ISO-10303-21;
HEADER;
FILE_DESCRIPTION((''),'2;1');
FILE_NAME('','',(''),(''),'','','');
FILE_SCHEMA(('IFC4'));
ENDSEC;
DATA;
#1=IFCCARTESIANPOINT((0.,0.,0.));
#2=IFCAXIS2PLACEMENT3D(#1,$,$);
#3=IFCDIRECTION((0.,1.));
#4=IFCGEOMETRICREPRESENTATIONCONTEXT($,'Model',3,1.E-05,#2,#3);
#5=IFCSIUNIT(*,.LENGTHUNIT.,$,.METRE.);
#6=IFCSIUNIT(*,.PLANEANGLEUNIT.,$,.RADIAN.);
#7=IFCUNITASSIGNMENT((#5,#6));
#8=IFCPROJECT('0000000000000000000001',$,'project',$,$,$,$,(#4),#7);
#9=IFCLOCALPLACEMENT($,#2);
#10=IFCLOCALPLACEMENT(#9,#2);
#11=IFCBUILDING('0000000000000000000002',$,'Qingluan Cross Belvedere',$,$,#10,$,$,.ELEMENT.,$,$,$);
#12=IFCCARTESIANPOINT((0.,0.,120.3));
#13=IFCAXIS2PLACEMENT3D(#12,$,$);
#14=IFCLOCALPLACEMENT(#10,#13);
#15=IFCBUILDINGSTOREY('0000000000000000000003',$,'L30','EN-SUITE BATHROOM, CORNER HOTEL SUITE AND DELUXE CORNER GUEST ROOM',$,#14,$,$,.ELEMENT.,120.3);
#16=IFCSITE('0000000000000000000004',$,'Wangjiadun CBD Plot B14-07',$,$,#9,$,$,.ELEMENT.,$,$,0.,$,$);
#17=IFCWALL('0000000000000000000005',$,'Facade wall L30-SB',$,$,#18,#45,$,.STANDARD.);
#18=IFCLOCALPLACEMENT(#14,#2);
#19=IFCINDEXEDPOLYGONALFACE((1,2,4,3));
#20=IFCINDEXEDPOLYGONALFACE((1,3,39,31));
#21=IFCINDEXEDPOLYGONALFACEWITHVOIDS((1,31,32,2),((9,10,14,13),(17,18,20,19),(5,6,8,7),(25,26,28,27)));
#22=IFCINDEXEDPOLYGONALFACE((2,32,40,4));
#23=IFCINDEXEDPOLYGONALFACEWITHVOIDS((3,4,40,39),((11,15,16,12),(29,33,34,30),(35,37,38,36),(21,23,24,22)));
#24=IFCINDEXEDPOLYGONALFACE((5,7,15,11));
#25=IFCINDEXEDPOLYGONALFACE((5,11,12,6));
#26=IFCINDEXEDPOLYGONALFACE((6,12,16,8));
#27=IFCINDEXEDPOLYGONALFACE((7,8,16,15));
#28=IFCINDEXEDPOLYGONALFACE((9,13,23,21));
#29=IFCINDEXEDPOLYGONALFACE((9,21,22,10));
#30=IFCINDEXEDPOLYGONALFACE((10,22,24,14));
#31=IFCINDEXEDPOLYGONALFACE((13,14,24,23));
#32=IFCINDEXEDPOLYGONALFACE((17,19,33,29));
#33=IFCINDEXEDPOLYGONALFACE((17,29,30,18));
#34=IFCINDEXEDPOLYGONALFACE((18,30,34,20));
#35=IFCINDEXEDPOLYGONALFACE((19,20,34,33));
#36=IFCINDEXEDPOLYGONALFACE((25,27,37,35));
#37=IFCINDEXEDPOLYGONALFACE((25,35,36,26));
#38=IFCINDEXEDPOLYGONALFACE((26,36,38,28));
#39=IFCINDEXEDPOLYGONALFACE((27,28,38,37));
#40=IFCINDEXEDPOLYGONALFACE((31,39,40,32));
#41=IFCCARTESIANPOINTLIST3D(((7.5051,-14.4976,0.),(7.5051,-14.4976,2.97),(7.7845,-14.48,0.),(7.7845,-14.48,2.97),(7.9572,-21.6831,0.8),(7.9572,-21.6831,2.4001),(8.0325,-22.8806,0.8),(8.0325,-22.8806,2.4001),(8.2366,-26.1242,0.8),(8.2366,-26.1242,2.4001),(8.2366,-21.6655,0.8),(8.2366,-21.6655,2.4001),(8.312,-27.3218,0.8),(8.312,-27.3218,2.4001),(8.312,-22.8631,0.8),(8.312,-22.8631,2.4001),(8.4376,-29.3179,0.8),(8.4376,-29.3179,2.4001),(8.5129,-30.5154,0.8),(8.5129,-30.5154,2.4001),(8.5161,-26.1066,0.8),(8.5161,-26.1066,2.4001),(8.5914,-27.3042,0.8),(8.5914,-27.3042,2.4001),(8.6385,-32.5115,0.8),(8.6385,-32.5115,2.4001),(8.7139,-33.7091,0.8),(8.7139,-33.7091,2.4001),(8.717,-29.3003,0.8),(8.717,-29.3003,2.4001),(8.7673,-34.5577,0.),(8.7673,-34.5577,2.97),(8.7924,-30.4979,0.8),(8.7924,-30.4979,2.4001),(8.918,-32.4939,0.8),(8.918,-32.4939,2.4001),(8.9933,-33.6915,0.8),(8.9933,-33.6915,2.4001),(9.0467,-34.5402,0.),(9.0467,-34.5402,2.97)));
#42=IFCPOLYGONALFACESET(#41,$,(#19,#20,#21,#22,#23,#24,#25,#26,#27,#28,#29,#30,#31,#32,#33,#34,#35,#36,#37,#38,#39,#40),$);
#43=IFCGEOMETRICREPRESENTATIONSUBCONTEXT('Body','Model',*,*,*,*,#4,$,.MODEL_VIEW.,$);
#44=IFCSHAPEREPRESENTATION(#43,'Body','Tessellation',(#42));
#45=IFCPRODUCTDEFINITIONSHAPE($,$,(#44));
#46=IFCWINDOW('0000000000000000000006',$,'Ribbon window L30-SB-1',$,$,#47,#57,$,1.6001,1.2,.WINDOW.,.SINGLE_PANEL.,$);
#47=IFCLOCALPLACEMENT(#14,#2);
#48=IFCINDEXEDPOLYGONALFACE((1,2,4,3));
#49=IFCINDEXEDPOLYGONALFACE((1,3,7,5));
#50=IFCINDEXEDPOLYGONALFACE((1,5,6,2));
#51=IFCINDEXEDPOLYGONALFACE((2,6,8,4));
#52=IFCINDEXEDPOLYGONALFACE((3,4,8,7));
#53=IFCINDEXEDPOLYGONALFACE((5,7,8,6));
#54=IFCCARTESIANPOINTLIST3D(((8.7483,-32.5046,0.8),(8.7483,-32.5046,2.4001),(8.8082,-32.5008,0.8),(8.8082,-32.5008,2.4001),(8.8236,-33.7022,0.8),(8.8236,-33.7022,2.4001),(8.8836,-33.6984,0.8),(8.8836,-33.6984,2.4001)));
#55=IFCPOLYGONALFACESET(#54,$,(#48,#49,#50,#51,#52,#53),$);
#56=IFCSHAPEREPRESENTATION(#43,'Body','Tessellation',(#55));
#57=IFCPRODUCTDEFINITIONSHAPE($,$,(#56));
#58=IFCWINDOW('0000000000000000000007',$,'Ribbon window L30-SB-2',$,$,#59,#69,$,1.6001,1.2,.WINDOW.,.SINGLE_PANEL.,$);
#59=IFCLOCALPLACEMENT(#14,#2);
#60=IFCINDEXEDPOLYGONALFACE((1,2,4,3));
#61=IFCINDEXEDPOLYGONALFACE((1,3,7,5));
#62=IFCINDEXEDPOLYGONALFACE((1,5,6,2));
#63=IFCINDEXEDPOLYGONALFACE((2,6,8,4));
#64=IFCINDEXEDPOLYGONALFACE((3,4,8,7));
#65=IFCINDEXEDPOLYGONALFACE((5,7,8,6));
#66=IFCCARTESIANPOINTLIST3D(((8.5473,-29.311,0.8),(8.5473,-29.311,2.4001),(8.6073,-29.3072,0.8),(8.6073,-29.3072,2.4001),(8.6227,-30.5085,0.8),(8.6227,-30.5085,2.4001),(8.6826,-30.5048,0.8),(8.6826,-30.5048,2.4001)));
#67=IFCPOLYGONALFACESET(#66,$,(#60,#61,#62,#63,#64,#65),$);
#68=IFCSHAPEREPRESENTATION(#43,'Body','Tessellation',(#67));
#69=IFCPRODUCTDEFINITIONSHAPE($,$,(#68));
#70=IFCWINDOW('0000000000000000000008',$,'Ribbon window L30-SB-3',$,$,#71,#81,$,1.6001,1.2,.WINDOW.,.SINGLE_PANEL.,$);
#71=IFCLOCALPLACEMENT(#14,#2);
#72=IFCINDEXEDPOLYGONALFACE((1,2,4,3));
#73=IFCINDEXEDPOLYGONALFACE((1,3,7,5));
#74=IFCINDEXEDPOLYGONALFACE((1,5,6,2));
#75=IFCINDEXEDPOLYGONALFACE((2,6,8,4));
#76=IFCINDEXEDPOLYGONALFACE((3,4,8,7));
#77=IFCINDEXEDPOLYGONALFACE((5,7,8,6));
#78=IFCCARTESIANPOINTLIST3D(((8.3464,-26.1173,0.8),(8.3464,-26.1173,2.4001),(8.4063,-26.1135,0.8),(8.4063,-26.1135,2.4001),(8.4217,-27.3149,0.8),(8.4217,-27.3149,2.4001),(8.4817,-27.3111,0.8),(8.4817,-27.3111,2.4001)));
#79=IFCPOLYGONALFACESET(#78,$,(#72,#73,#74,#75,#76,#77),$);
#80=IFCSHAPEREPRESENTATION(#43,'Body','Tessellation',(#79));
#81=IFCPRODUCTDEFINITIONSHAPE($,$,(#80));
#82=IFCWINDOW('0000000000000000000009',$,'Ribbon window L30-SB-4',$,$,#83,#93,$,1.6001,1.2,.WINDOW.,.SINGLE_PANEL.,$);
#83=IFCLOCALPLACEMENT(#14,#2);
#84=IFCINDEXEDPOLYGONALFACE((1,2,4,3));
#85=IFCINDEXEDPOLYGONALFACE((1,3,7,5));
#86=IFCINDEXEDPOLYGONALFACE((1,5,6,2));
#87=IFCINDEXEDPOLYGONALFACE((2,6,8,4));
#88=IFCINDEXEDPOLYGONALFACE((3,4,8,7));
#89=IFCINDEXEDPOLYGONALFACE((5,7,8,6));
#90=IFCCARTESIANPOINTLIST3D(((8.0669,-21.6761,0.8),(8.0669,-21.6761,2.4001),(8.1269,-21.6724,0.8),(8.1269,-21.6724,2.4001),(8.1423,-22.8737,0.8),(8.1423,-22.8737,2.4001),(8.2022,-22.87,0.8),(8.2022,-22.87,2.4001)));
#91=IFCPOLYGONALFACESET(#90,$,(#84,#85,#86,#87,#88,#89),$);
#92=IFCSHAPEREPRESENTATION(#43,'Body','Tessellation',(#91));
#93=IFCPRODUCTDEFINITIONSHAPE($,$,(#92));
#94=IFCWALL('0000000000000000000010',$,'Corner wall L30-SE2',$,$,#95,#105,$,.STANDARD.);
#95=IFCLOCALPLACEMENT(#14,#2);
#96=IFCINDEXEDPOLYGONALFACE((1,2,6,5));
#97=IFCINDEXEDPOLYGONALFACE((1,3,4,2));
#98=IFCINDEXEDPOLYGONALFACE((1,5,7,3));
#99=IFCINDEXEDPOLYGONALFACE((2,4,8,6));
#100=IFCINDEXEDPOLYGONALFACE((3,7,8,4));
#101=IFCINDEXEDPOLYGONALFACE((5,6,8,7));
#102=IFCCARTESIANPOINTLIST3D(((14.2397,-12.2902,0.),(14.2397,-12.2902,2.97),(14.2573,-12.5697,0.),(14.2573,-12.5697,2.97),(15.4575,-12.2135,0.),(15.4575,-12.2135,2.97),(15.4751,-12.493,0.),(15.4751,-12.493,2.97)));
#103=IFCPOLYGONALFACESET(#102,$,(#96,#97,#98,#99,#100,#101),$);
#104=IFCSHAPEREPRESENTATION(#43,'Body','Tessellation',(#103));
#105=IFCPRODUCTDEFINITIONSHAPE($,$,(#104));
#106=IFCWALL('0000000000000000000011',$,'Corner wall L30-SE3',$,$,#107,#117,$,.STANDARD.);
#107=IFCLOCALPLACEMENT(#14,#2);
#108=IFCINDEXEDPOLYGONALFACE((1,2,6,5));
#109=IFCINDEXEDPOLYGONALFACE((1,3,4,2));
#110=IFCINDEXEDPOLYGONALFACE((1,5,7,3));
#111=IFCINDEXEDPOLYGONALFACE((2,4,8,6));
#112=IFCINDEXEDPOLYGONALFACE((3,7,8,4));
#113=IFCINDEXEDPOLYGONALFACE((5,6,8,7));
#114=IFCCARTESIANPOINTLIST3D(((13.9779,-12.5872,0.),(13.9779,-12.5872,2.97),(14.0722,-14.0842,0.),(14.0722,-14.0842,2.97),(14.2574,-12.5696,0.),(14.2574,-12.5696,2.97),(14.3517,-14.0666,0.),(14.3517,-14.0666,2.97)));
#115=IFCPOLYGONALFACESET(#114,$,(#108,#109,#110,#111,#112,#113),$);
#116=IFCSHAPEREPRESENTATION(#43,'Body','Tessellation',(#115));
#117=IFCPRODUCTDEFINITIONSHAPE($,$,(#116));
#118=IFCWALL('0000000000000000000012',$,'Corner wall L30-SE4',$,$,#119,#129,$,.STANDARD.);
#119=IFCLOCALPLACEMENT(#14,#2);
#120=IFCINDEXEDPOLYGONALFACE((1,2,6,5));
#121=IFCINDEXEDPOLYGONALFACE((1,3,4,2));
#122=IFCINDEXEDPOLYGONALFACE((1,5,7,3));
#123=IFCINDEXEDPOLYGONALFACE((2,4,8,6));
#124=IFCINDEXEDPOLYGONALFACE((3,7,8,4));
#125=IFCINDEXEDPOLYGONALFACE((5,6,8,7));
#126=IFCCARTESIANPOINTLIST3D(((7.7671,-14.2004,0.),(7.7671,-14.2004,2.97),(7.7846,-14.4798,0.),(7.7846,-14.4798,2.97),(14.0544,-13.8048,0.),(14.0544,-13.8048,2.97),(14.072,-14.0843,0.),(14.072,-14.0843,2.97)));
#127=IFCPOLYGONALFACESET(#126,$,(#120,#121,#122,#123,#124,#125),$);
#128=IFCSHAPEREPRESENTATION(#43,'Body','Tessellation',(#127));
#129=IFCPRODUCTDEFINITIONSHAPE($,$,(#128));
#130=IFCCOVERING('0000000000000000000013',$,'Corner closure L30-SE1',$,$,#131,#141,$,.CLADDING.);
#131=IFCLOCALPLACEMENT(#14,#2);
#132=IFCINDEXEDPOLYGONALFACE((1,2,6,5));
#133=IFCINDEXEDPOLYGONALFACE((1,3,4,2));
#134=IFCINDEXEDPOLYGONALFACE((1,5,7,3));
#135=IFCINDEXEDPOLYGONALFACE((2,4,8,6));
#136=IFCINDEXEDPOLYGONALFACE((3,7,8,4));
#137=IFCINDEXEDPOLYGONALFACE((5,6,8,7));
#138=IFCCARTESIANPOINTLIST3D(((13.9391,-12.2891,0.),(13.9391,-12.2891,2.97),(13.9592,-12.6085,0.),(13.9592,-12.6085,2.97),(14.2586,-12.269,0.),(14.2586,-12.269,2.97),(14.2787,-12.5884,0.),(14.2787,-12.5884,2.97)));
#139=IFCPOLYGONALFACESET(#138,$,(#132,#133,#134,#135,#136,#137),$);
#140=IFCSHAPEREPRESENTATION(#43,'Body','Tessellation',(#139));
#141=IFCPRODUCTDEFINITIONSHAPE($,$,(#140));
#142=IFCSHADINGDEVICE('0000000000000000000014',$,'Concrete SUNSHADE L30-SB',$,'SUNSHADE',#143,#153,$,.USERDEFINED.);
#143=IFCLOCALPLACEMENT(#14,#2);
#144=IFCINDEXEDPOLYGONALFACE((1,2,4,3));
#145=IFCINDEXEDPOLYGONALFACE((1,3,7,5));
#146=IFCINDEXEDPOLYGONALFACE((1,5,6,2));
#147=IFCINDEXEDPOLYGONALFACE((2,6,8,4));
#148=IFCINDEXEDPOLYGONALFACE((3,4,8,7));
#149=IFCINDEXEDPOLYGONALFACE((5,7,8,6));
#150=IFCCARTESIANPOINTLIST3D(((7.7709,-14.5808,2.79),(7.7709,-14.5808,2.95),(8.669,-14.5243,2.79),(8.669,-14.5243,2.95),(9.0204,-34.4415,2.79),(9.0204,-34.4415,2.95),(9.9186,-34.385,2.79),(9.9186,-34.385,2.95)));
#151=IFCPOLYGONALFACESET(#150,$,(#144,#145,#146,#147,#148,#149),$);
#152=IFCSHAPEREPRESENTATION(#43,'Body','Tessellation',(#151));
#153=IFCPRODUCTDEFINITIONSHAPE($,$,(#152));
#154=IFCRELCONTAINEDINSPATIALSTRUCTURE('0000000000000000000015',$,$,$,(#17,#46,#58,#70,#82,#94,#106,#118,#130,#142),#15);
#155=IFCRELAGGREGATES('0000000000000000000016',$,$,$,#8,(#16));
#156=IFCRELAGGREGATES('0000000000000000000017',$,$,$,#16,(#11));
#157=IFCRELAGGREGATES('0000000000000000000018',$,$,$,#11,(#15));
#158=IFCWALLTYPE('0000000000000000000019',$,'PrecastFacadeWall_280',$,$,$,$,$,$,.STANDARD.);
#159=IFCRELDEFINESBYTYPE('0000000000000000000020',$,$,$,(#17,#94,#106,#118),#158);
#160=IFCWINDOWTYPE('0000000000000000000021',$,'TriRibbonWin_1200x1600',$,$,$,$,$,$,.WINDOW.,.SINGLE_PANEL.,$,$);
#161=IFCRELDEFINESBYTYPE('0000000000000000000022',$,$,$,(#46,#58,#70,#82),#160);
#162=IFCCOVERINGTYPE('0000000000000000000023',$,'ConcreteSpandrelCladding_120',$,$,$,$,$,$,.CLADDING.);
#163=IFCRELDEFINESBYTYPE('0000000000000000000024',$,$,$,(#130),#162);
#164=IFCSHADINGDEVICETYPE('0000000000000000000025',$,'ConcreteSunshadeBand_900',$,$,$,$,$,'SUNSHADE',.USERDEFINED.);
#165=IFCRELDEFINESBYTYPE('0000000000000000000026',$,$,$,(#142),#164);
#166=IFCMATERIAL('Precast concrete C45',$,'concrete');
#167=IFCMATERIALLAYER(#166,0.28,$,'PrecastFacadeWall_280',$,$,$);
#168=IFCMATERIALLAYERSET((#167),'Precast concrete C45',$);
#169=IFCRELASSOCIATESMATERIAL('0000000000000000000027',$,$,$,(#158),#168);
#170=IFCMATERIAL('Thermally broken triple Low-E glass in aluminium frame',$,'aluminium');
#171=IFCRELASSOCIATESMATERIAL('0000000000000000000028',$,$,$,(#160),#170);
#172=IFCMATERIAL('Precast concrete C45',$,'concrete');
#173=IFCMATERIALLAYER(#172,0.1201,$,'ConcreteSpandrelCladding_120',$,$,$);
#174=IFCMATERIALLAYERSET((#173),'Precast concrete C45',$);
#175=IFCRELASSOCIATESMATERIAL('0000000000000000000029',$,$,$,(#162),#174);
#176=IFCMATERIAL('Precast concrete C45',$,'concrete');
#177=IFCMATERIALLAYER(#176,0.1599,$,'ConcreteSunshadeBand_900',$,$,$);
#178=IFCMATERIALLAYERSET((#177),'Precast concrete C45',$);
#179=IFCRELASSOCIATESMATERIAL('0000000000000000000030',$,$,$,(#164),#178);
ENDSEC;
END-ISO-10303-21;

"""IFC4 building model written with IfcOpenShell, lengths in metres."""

from ifc_helpers import new_model, si_unit, direction, frame, frame_2d, origin, origin_2d, place, context, subcontext, project, spatial, rectangle, extrude, material, layer, layer_set, type_object, element, fill, save


model = new_model("IFC4")

# Units and contexts
model_context = context("Model", 3, precision=1e-05, world=origin(), true_north=direction((0.0, 1.0)))
body_context = subcontext(model_context, "Body", "Model", "MODEL_VIEW")
ifc_project = project(units=[si_unit("LENGTHUNIT", "METRE"), si_unit("PLANEANGLEUNIT", "RADIAN")], contexts=[model_context])

# Site, building, storey
site_placement = place(None, origin())
site = spatial("IfcSite", under=ifc_project, at=site_placement, Name="Wangjiadun CBD Plot B14-07", CompositionType="ELEMENT", RefElevation=0.0)
building_placement = place(site_placement, origin())
building = spatial("IfcBuilding", under=site, at=building_placement, Name="Qingluan Cross Belvedere", CompositionType="ELEMENT")
storey_placement = place(building_placement, frame((0.0, 0.0, 120.3)))
storey = spatial("IfcBuildingStorey", under=building, at=storey_placement, Name="L30", Description="EN-SUITE BATHROOM, CORNER HOTEL SUITE AND DELUXE CORNER GUEST ROOM", CompositionType="ELEMENT", Elevation=120.3)

# Wall, openings, windows
ifc_material_1 = material(Name="Precast concrete C45", Category="concrete")
ifc_layer_1 = layer(ifc_material_1, 0.28, Name="PrecastFacadeWall_280")
ifc_layer_set_1 = layer_set([ifc_layer_1], Name="Precast concrete C45")
wall_type_1 = type_object("IfcWallType", Name="PrecastFacadeWall_280", PredefinedType="STANDARD", material=ifc_layer_set_1)
wall_1_placement = place(storey_placement, frame((8.907, -34.5488, 0.0), z_axis=(0.0, 0.0, 1.0), x_axis=(-0.062796, 0.998026, 0.0)))
wall_1 = element("IfcWall", 1, at=wall_1_placement, inside=storey, type_object=wall_type_1, Name="Facade wall L30-SB", PredefinedType="STANDARD", context=body_context, shape_type="SweptSolid", body=[
    extrude(rectangle(XDim=20.0999, YDim=0.28, at=frame_2d((10.0498, 0.0))), origin(), (0.0, 0.0, 1.0), 2.97),
])
opening_1_placement = place(wall_1_placement, frame((0.8501, 0.0, 0.8)))
opening_1 = element("IfcOpeningElement", 2, at=opening_1_placement, cuts=wall_1, PredefinedType="OPENING", context=body_context, shape_type="SweptSolid", body=[
    extrude(rectangle(XDim=1.2, YDim=1.6001, at=frame_2d((0.6001, 0.8))), frame((0.0, 0.1499, 0.0), z_axis=(0.0, -1.0, 0.0), x_axis=(1.0, 0.0, 0.0)), (0.0, 0.0, 1.0), 0.3),
])
opening_2_placement = place(wall_1_placement, frame((4.05, 0.0, 0.8)))
opening_2 = element("IfcOpeningElement", 3, at=opening_2_placement, cuts=wall_1, PredefinedType="OPENING", context=body_context, shape_type="SweptSolid", body=[
    extrude(rectangle(XDim=1.2, YDim=1.6001, at=frame_2d((0.6001, 0.8))), frame((0.0, 0.1499, 0.0), z_axis=(0.0, -1.0, 0.0), x_axis=(1.0, 0.0, 0.0)), (0.0, 0.0, 1.0), 0.3),
])
opening_3_placement = place(wall_1_placement, frame((7.25, 0.0, 0.8)))
opening_3 = element("IfcOpeningElement", 4, at=opening_3_placement, cuts=wall_1, PredefinedType="OPENING", context=body_context, shape_type="SweptSolid", body=[
    extrude(rectangle(XDim=1.2, YDim=1.6001, at=frame_2d((0.6001, 0.8))), frame((0.0, 0.1499, 0.0), z_axis=(0.0, -1.0, 0.0), x_axis=(1.0, 0.0, 0.0)), (0.0, 0.0, 1.0), 0.3),
])
opening_4_placement = place(wall_1_placement, frame((11.7, 0.0, 0.8)))
opening_4 = element("IfcOpeningElement", 5, at=opening_4_placement, cuts=wall_1, PredefinedType="OPENING", context=body_context, shape_type="SweptSolid", body=[
    extrude(rectangle(XDim=1.2, YDim=1.6001, at=frame_2d((0.6001, 0.8))), frame((0.0, 0.1499, 0.0), z_axis=(0.0, -1.0, 0.0), x_axis=(1.0, 0.0, 0.0)), (0.0, 0.0, 1.0), 0.3),
])
ifc_material_2 = material(Name="Thermally broken triple Low-E glass in aluminium frame", Category="aluminium")
window_type = type_object("IfcWindowType", Name="TriRibbonWin_1200x1600", PartitioningType="SINGLE_PANEL", PredefinedType="WINDOW", material=ifc_material_2)
window_1_placement = place(opening_1_placement, origin())
window_1 = element("IfcWindow", 6, at=window_1_placement, inside=storey, type_object=window_type, Name="Ribbon window L30-SB-1", OverallHeight=1.6001, OverallWidth=1.2, PartitioningType="SINGLE_PANEL", PredefinedType="WINDOW", context=body_context, shape_type="SweptSolid", body=[
    extrude(rectangle(XDim=1.2, YDim=1.6001, at=frame_2d((0.6001, 0.8))), frame((0.0, 0.03, 0.0), z_axis=(0.0, -1.0, 0.0), x_axis=(1.0, 0.0, 0.0)), (0.0, 0.0, 1.0), 0.0601),
])
fill(opening_1, window_1)
window_2_placement = place(opening_2_placement, origin())
window_2 = element("IfcWindow", 7, at=window_2_placement, inside=storey, type_object=window_type, Name="Ribbon window L30-SB-2", OverallHeight=1.6001, OverallWidth=1.2, PartitioningType="SINGLE_PANEL", PredefinedType="WINDOW", context=body_context, shape_type="SweptSolid", body=[
    extrude(rectangle(XDim=1.2, YDim=1.6001, at=frame_2d((0.6001, 0.8))), frame((0.0, 0.03, 0.0), z_axis=(0.0, -1.0, 0.0), x_axis=(1.0, 0.0, 0.0)), (0.0, 0.0, 1.0), 0.0601),
])
fill(opening_2, window_2)
window_3_placement = place(opening_3_placement, origin())
window_3 = element("IfcWindow", 8, at=window_3_placement, inside=storey, type_object=window_type, Name="Ribbon window L30-SB-3", OverallHeight=1.6001, OverallWidth=1.2, PartitioningType="SINGLE_PANEL", PredefinedType="WINDOW", context=body_context, shape_type="SweptSolid", body=[
    extrude(rectangle(XDim=1.2, YDim=1.6001, at=frame_2d((0.6001, 0.8))), frame((0.0, 0.03, 0.0), z_axis=(0.0, -1.0, 0.0), x_axis=(1.0, 0.0, 0.0)), (0.0, 0.0, 1.0), 0.0601),
])
fill(opening_3, window_3)
window_4_placement = place(opening_4_placement, origin())
window_4 = element("IfcWindow", 9, at=window_4_placement, inside=storey, type_object=window_type, Name="Ribbon window L30-SB-4", OverallHeight=1.6001, OverallWidth=1.2, PartitioningType="SINGLE_PANEL", PredefinedType="WINDOW", context=body_context, shape_type="SweptSolid", body=[
    extrude(rectangle(XDim=1.2, YDim=1.6001, at=frame_2d((0.6001, 0.8))), frame((0.0, 0.03, 0.0), z_axis=(0.0, -1.0, 0.0), x_axis=(1.0, 0.0, 0.0)), (0.0, 0.0, 1.0), 0.0601),
])
fill(opening_4, window_4)

# Walls
wall_2_placement = place(storey_placement, frame((15.4663, -12.3533, 0.0), z_axis=(0.0, 0.0, 1.0), x_axis=(-0.998024, -0.062827, 0.0)))
element("IfcWall", 10, at=wall_2_placement, inside=storey, type_object=wall_type_1, Name="Corner wall L30-SE2", PredefinedType="STANDARD", context=body_context, shape_type="SweptSolid", body=[
    extrude(rectangle(XDim=1.2202, YDim=0.28, at=frame_2d((0.6101, 0.0))), origin(), (0.0, 0.0, 1.0), 2.97),
])
wall_3_placement = place(storey_placement, frame((14.1177, -12.5784, 0.0), z_axis=(0.0, 0.0, 1.0), x_axis=(0.062824, -0.998025, 0.0)))
element("IfcWall", 11, at=wall_3_placement, inside=storey, type_object=wall_type_1, Name="Corner wall L30-SE3", PredefinedType="STANDARD", context=body_context, shape_type="SweptSolid", body=[
    extrude(rectangle(XDim=1.5, YDim=0.28, at=frame_2d((0.75, 0.0))), origin(), (0.0, 0.0, 1.0), 2.97),
])
wall_4_placement = place(storey_placement, frame((14.0632, -13.9446, 0.0), z_axis=(0.0, 0.0, 1.0), x_axis=(-0.998027, -0.062781, 0.0)))
element("IfcWall", 12, at=wall_4_placement, inside=storey, type_object=wall_type_1, Name="Corner wall L30-SE4", PredefinedType="STANDARD", context=body_context, shape_type="SweptSolid", body=[
    extrude(rectangle(XDim=6.2998, YDim=0.28, at=frame_2d((3.1499, 0.0))), origin(), (0.0, 0.0, 1.0), 2.97),
])

# Covering
ifc_material_3 = material(Name="Precast concrete C45", Category="concrete")
ifc_layer_2 = layer(ifc_material_3, 0.1201, Name="ConcreteSpandrelCladding_120")
ifc_layer_set_2 = layer_set([ifc_layer_2], Name="Precast concrete C45")
covering_type_1 = type_object("IfcCoveringType", Name="ConcreteSpandrelCladding_120", PredefinedType="CLADDING", material=ifc_layer_set_2)
covering_1_placement = place(storey_placement, frame((14.1089, -12.4387, 0.0), z_axis=(0.0, 0.0, 1.0), x_axis=(0.998027, 0.062791, 0.0)))
element("IfcCovering", 13, at=covering_1_placement, inside=storey, type_object=covering_type_1, Name="Corner closure L30-SE1", PredefinedType="CLADDING", context=body_context, shape_type="SweptSolid", body=[
    extrude(rectangle(XDim=0.3201, YDim=0.3201, at=origin_2d()), origin(), (0.0, 0.0, 1.0), 2.97),
])

# Shading device
ifc_material_4 = material(Name="Precast concrete C45", Category="concrete")
ifc_layer_3 = layer(ifc_material_4, 0.1599, Name="ConcreteSunshadeBand_900")
ifc_layer_set_3 = layer_set([ifc_layer_3], Name="Precast concrete C45")
shading_device_type = type_object("IfcShadingDeviceType", Name="ConcreteSunshadeBand_900", ElementType="SUNSHADE", PredefinedType="USERDEFINED", material=ifc_layer_set_3)
shading_device_placement = place(storey_placement, frame((8.8447, -24.4829, 2.79), z_axis=(0.0, 0.0, 1.0), x_axis=(-0.062791, 0.998027, 0.0)))
element("IfcShadingDevice", 14, at=shading_device_placement, inside=storey, type_object=shading_device_type, Name="Concrete SUNSHADE L30-SB", ObjectType="SUNSHADE", PredefinedType="USERDEFINED", context=body_context, shape_type="SweptSolid", body=[
    extrude(rectangle(XDim=19.8999, YDim=0.8999, at=origin_2d()), origin(), (0.0, 0.0, 1.0), 0.1599),
])

save(model, "model.ifc")
